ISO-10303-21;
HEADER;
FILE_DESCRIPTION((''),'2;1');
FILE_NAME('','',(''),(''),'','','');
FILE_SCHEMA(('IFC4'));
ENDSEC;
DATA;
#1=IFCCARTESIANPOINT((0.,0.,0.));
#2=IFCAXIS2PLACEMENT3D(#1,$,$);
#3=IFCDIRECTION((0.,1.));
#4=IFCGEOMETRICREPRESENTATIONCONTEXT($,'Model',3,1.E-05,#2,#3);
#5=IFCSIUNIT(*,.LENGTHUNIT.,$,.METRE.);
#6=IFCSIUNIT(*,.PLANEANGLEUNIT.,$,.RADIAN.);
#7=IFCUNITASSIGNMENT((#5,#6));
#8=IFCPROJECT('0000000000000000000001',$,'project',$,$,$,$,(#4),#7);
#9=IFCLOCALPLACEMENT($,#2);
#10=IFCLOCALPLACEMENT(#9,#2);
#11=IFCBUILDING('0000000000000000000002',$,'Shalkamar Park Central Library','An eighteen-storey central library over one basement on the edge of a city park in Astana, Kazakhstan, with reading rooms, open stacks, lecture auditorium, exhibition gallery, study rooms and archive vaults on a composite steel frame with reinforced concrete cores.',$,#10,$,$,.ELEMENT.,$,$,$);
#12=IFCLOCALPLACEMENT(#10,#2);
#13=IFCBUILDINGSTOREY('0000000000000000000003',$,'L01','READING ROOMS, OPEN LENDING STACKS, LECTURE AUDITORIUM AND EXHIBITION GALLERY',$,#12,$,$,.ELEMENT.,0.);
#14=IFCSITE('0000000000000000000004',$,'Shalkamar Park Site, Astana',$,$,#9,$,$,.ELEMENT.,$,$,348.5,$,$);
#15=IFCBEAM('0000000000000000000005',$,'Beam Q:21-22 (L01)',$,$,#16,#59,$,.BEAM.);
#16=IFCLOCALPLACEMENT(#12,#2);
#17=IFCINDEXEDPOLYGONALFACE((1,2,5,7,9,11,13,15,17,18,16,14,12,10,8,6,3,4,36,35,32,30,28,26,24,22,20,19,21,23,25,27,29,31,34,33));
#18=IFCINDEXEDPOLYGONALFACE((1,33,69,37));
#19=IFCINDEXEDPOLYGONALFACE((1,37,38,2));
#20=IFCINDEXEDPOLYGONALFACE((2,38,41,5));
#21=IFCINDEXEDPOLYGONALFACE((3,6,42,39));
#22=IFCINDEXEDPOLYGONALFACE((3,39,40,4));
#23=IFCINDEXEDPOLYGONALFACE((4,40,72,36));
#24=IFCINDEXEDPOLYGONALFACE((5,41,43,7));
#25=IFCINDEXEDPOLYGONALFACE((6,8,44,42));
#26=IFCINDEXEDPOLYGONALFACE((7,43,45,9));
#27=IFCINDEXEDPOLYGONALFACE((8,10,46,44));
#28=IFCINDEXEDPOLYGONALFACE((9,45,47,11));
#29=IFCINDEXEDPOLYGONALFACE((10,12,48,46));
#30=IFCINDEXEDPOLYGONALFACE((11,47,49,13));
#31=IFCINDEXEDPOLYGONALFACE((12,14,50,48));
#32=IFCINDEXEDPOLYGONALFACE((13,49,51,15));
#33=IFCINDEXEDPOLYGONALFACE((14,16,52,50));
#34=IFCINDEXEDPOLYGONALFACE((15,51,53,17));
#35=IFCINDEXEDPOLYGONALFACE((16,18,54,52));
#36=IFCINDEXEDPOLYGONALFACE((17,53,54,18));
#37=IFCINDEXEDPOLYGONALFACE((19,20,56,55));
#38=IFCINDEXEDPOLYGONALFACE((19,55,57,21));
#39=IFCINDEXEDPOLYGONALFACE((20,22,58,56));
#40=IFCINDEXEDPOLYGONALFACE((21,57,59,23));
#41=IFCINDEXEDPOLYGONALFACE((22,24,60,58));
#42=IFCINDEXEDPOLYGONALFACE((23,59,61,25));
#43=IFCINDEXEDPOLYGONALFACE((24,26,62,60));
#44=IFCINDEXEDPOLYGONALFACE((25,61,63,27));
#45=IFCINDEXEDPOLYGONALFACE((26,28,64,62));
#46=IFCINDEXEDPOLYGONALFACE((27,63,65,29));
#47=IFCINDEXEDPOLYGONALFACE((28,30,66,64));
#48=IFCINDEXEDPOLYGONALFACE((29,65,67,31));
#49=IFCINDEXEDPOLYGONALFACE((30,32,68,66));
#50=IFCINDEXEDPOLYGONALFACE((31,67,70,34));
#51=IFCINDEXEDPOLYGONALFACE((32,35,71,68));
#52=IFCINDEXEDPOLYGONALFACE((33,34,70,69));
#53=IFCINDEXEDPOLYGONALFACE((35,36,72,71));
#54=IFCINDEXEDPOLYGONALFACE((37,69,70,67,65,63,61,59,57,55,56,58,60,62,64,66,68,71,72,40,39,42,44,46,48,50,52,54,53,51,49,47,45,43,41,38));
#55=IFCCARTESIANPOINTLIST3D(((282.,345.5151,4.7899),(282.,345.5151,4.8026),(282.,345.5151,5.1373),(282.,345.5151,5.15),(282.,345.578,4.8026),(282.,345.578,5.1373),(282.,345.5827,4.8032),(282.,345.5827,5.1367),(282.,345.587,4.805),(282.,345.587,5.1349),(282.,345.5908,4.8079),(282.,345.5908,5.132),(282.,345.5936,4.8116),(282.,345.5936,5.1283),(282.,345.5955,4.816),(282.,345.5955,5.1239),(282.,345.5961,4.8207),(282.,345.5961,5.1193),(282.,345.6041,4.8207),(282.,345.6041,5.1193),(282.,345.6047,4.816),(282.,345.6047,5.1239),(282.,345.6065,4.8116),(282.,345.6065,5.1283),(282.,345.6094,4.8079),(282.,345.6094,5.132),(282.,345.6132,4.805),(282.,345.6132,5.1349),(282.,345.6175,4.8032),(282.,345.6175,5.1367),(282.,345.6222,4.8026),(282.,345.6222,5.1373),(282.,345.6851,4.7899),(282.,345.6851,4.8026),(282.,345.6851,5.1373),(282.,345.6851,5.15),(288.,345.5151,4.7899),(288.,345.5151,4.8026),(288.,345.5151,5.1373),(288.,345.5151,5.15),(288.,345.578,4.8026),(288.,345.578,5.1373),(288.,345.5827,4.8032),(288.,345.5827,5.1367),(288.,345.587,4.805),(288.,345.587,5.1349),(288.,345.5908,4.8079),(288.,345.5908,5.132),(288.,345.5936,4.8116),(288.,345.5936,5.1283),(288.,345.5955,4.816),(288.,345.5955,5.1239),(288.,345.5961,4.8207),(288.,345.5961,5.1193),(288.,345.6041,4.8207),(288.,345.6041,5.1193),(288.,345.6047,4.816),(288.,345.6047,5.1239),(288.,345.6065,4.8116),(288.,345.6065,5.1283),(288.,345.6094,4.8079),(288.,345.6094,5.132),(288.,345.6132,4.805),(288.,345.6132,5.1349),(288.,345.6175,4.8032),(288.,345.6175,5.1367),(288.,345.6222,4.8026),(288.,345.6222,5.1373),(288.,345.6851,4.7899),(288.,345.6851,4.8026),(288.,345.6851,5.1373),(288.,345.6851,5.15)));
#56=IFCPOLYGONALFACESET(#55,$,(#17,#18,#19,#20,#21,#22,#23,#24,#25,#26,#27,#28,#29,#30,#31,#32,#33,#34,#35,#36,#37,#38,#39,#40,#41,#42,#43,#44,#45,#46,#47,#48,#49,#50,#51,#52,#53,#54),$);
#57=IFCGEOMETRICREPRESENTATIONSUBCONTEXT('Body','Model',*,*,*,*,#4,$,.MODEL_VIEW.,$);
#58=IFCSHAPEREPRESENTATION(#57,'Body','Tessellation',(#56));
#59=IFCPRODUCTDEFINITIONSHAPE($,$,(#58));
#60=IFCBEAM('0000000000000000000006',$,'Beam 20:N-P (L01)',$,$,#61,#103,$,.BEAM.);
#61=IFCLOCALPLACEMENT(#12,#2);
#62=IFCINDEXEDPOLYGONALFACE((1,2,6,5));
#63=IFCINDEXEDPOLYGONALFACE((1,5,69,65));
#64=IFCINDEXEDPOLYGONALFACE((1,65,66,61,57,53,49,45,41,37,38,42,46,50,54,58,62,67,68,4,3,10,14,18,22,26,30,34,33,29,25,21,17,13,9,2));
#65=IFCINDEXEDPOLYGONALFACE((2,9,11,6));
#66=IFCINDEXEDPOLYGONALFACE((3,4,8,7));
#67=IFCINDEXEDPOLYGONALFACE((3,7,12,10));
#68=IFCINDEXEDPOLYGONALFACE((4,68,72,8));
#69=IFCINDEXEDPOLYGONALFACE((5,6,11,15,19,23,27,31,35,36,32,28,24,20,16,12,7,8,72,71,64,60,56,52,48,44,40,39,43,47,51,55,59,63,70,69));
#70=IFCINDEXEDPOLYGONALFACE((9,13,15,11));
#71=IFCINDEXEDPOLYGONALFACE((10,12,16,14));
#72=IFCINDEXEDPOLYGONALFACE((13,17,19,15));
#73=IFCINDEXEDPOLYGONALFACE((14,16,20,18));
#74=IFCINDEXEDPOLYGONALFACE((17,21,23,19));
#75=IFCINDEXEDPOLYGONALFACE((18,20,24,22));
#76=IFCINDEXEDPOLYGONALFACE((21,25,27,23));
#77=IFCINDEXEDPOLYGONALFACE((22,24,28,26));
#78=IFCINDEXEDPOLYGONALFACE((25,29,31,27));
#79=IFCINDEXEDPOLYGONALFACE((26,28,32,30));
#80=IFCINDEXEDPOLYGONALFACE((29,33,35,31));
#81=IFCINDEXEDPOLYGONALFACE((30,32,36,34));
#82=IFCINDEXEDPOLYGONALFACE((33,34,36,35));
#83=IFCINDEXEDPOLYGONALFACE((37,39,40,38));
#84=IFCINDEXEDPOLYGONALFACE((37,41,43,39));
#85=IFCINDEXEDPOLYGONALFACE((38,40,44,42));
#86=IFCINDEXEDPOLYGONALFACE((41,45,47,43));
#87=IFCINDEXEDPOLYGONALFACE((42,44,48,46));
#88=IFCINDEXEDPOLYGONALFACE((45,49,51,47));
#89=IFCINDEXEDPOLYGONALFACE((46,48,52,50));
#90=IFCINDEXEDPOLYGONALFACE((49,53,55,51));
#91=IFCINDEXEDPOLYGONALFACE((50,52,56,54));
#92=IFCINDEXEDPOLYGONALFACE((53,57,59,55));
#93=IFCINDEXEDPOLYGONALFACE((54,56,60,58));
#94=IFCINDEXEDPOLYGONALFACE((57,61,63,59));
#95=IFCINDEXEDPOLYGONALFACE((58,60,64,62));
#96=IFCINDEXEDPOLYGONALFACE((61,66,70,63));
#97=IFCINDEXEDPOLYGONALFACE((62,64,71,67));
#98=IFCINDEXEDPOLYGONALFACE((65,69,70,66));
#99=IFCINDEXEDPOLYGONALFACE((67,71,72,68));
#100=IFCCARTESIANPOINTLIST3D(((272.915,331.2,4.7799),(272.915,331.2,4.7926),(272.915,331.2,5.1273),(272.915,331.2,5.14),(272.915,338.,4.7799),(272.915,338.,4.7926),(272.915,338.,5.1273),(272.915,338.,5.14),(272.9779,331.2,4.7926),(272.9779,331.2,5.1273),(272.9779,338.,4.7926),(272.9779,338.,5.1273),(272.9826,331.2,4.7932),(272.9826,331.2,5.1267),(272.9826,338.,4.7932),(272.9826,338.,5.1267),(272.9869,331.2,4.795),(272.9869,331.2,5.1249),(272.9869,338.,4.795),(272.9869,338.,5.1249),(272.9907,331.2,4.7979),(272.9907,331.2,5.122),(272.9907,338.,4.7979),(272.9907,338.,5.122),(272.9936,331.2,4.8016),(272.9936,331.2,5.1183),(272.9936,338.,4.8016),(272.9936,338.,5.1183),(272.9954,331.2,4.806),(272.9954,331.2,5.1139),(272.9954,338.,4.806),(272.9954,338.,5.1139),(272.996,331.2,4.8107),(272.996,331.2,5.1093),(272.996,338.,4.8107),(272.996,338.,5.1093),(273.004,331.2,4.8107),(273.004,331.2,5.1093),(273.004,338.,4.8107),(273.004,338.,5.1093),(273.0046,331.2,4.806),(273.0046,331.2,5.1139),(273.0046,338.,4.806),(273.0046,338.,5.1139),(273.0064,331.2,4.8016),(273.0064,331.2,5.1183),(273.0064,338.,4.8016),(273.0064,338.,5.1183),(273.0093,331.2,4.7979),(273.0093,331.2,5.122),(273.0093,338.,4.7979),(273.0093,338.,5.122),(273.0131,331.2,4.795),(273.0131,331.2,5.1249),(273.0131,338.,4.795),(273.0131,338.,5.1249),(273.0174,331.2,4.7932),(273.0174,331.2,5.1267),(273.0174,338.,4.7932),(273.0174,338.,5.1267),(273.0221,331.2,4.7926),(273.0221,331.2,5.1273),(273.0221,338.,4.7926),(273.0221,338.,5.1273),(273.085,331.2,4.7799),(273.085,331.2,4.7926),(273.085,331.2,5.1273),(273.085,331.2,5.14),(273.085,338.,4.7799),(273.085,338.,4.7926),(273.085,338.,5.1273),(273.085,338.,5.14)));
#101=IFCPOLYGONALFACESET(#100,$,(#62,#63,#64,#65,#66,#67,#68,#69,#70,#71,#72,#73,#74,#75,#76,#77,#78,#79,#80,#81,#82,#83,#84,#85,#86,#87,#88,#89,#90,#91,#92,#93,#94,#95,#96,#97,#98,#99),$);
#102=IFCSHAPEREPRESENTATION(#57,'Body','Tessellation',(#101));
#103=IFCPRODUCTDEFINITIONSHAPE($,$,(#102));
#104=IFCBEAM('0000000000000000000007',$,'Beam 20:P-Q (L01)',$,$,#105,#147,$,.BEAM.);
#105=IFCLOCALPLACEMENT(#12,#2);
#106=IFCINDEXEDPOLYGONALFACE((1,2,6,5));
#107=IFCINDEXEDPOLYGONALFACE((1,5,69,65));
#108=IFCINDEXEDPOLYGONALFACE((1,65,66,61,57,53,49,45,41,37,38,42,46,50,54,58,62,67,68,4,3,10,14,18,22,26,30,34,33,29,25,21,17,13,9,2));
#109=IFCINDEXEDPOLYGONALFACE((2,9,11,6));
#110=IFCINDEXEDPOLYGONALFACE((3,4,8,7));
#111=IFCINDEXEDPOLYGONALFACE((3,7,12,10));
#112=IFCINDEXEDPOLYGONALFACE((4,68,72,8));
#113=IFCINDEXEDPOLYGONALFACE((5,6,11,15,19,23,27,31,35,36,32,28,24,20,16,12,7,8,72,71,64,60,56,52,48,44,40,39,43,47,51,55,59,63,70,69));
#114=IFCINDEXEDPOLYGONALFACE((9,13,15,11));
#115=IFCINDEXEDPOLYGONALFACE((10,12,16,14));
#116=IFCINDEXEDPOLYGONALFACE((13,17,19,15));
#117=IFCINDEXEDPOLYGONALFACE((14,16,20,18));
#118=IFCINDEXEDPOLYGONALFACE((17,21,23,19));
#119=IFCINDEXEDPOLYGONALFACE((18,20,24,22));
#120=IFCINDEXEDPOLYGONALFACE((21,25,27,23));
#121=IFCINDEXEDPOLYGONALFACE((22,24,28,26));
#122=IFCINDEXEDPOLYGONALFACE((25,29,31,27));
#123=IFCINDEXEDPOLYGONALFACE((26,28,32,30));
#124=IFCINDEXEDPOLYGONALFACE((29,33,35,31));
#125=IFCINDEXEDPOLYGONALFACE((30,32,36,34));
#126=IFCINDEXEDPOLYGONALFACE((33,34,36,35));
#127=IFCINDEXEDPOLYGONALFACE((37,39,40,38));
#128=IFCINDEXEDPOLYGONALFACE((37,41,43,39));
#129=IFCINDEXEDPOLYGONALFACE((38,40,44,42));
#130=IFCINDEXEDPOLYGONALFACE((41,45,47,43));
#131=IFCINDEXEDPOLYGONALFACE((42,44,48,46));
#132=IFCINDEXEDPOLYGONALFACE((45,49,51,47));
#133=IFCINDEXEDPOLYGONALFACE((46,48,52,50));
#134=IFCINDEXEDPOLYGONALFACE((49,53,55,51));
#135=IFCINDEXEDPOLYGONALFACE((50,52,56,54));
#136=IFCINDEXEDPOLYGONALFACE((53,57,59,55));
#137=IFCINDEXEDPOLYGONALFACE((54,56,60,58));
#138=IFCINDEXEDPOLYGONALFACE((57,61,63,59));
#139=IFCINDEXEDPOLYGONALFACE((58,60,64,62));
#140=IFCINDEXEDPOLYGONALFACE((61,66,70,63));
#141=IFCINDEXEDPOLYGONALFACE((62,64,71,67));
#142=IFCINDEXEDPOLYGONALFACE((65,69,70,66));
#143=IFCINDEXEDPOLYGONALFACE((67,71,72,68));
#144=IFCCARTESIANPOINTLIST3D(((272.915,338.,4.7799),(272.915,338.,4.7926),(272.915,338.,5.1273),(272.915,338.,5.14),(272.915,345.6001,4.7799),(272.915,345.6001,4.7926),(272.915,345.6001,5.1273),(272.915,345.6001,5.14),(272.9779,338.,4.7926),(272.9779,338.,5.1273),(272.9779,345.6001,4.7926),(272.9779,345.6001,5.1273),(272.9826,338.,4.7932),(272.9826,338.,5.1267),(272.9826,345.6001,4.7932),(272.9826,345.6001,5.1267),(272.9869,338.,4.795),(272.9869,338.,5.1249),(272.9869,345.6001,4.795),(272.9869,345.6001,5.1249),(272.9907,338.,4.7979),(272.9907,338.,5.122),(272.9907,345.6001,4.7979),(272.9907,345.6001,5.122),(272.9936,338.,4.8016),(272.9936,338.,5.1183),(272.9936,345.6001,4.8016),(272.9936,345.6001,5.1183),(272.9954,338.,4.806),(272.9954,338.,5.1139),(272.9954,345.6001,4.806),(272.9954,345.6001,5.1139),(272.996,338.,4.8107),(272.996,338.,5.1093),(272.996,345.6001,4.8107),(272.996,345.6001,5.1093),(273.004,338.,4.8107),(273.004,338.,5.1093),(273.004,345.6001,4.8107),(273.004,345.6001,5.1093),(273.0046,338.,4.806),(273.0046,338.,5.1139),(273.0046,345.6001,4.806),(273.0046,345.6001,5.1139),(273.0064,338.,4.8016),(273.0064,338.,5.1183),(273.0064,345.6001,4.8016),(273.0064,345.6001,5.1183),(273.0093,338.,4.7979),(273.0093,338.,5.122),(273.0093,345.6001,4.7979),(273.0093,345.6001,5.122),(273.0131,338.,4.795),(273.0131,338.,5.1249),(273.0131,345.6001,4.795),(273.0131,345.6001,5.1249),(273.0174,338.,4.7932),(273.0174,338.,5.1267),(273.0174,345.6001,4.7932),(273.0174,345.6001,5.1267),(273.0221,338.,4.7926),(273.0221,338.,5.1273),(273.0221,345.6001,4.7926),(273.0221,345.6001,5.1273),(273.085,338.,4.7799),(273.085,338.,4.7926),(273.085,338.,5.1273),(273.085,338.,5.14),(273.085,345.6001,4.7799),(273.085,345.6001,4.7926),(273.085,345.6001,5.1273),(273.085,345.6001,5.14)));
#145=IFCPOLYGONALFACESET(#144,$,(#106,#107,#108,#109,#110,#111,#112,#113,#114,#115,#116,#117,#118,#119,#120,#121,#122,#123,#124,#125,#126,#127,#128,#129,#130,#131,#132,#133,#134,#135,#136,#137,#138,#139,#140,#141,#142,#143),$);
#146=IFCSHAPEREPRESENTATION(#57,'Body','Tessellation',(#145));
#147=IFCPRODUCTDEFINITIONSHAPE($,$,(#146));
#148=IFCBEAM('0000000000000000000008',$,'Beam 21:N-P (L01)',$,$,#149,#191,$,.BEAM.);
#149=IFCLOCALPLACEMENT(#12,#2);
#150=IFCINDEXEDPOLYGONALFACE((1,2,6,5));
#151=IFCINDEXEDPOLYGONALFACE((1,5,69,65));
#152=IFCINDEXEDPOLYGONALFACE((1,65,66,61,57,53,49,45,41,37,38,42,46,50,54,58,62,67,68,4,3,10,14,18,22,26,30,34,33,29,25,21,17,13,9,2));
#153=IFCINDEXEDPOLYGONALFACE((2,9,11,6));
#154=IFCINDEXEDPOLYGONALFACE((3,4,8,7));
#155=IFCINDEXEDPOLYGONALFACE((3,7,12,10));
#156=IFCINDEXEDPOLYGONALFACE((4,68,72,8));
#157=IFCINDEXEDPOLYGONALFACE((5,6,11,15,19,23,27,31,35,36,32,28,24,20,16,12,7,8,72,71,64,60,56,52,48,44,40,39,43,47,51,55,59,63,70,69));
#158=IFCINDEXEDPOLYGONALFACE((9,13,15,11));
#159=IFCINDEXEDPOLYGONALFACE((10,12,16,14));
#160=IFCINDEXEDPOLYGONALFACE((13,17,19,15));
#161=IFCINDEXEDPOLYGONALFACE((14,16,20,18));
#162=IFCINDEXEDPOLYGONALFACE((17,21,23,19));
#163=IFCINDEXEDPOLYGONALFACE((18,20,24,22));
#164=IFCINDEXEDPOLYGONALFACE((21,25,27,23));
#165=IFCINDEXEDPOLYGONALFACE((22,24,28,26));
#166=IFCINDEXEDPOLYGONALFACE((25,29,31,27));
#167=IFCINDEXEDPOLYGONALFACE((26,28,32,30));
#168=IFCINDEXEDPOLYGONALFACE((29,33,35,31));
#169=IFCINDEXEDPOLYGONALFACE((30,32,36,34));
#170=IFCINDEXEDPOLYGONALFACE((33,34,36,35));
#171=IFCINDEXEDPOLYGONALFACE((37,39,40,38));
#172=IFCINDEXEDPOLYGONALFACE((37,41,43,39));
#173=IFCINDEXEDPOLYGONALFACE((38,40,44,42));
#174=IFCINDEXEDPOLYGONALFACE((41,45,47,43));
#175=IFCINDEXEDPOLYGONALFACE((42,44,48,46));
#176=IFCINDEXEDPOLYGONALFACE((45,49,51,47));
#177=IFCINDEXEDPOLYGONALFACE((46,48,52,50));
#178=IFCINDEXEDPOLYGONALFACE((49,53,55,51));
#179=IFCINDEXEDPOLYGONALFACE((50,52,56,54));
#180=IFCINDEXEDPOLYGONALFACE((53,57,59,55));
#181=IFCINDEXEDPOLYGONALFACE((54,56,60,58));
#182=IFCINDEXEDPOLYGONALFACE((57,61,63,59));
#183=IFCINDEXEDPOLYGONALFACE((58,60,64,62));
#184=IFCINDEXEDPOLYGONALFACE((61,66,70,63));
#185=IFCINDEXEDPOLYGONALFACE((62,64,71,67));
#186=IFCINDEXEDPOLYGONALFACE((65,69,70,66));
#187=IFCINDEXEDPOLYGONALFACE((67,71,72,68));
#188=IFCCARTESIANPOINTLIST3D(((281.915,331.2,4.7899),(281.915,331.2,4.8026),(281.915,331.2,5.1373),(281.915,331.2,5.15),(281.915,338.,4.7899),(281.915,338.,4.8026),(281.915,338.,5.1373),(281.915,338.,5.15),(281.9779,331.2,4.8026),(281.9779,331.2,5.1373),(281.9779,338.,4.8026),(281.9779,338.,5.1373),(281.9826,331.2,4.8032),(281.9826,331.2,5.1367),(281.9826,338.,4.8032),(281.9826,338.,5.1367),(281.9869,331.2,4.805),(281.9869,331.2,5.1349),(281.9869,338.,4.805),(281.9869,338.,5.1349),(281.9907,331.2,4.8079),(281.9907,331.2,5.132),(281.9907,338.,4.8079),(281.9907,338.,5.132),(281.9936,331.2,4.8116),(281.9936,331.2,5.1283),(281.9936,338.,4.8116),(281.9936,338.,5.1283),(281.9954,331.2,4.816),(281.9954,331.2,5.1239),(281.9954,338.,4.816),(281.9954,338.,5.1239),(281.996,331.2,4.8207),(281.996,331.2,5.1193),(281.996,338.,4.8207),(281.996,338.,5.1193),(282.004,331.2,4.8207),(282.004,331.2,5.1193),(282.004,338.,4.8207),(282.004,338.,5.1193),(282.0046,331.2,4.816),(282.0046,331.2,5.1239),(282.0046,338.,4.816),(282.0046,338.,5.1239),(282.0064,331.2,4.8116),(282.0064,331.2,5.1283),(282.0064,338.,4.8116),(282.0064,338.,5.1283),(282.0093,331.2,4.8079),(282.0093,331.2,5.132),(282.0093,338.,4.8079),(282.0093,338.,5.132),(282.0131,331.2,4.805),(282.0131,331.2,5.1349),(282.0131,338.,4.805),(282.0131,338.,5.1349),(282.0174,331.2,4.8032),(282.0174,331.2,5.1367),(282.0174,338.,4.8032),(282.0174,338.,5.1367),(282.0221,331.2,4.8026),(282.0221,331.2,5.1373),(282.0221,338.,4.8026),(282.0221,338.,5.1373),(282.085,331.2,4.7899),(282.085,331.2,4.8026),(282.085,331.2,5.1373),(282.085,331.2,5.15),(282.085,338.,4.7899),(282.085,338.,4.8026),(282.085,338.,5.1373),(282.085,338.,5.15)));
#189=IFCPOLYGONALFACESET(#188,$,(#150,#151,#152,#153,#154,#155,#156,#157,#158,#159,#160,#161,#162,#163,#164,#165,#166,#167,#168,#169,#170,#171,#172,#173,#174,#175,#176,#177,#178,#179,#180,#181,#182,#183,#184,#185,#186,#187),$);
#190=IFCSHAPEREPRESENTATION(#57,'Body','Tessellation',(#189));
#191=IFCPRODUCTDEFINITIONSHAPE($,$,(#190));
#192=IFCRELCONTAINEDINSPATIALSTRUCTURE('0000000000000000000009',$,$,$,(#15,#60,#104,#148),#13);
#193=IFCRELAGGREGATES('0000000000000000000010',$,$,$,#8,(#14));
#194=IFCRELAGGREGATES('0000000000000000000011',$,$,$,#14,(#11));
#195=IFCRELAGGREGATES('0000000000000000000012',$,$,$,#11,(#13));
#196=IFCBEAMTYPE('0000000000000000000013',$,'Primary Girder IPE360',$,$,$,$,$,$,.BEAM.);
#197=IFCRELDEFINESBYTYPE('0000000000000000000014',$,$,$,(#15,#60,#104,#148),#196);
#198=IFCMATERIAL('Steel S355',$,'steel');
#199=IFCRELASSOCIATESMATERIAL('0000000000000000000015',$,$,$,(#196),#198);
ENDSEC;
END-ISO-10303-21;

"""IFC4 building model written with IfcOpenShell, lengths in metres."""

from ifc_helpers import new_model, si_unit, direction, frame, origin, origin_2d, place, context, subcontext, project, spatial, i_section, extrude, material, material_profile, profile_set, type_object, element, save


model = new_model("IFC4")

# Units and contexts
model_context = context("Model", 3, precision=1e-05, world=origin(), true_north=direction((0.0, 1.0)))
body_context = subcontext(model_context, "Body", "Model", "MODEL_VIEW")
ifc_project = project(units=[si_unit("LENGTHUNIT", "METRE"), si_unit("PLANEANGLEUNIT", "RADIAN")], contexts=[model_context])

# Site, building, storey
site_placement = place(None, origin())
site = spatial("IfcSite", under=ifc_project, at=site_placement, Name="Shalkamar Park Site, Astana", CompositionType="ELEMENT", RefElevation=348.5)
building_placement = place(site_placement, origin())
building = spatial("IfcBuilding", under=site, at=building_placement, Name="Shalkamar Park Central Library", Description="An eighteen-storey central library over one basement on the edge of a city park in Astana, Kazakhstan, with reading rooms, open stacks, lecture auditorium, exhibition gallery, study rooms and archive vaults on a composite steel frame with reinforced concrete cores.", CompositionType="ELEMENT")
storey_placement = place(building_placement, origin())
storey = spatial("IfcBuildingStorey", under=building, at=storey_placement, Name="L01", Description="READING ROOMS, OPEN LENDING STACKS, LECTURE AUDITORIUM AND EXHIBITION GALLERY", CompositionType="ELEMENT", Elevation=0.0)

# Shared definitions
ifc_material_1 = material(Name="Steel S355", Category="steel")

# Beams
ifc_material_profile_1 = material_profile(ifc_material_1, i_section(OverallWidth=0.1699, OverallDepth=0.3601, WebThickness=0.0081, FlangeThickness=0.0127, FilletRadius=0.0181, at=origin_2d()), Name="IPE 360")
ifc_profile_set_1 = profile_set([ifc_material_profile_1], Name="Steel S355")
beam_type_1 = type_object("IfcBeamType", Name="Primary Girder IPE360", PredefinedType="BEAM", material=ifc_profile_set_1)
for number, where, z_axis, x_axis, name in (
    (1, (282.0, 345.6001, 4.97), (1.0, 0.0, 0.0), (0.0, 1.0, 0.0), "Beam Q:21-22 (L01)"),
):
    element("IfcBeam", number, at=place(storey_placement, frame(where, z_axis=z_axis, x_axis=x_axis)), inside=storey, type_object=beam_type_1, Name=name, PredefinedType="BEAM", context=body_context, shape_type="SweptSolid", body=[
        extrude(i_section(OverallWidth=0.1699, OverallDepth=0.3601, WebThickness=0.0081, FlangeThickness=0.0127, FilletRadius=0.0181, at=origin_2d()), origin(), (0.0, 0.0, 1.0), 6.0),
    ])
beam_1_placement = place(storey_placement, frame((273.0, 331.2, 4.96), z_axis=(0.0, 1.0, 0.0), x_axis=(-1.0, 0.0, 0.0)))
element("IfcBeam", 2, at=beam_1_placement, inside=storey, type_object=beam_type_1, Name="Beam 20:N-P (L01)", PredefinedType="BEAM", context=body_context, shape_type="SweptSolid", body=[
    extrude(i_section(OverallWidth=0.1699, OverallDepth=0.3601, WebThickness=0.0081, FlangeThickness=0.0127, FilletRadius=0.0181, at=origin_2d()), origin(), (0.0, 0.0, 1.0), 6.8),
])
beam_2_placement = place(storey_placement, frame((273.0, 338.0, 4.96), z_axis=(0.0, 1.0, 0.0), x_axis=(-1.0, 0.0, 0.0)))
element("IfcBeam", 3, at=beam_2_placement, inside=storey, type_object=beam_type_1, Name="Beam 20:P-Q (L01)", PredefinedType="BEAM", context=body_context, shape_type="SweptSolid", body=[
    extrude(i_section(OverallWidth=0.1699, OverallDepth=0.3601, WebThickness=0.0081, FlangeThickness=0.0127, FilletRadius=0.0181, at=origin_2d()), origin(), (0.0, 0.0, 1.0), 7.6001),
])
beam_3_placement = place(storey_placement, frame((282.0, 331.2, 4.97), z_axis=(0.0, 1.0, 0.0), x_axis=(-1.0, 0.0, 0.0)))
element("IfcBeam", 4, at=beam_3_placement, inside=storey, type_object=beam_type_1, Name="Beam 21:N-P (L01)", PredefinedType="BEAM", context=body_context, shape_type="SweptSolid", body=[
    extrude(i_section(OverallWidth=0.1699, OverallDepth=0.3601, WebThickness=0.0081, FlangeThickness=0.0127, FilletRadius=0.0181, at=origin_2d()), origin(), (0.0, 0.0, 1.0), 6.8),
])

save(model, "model.ifc")
